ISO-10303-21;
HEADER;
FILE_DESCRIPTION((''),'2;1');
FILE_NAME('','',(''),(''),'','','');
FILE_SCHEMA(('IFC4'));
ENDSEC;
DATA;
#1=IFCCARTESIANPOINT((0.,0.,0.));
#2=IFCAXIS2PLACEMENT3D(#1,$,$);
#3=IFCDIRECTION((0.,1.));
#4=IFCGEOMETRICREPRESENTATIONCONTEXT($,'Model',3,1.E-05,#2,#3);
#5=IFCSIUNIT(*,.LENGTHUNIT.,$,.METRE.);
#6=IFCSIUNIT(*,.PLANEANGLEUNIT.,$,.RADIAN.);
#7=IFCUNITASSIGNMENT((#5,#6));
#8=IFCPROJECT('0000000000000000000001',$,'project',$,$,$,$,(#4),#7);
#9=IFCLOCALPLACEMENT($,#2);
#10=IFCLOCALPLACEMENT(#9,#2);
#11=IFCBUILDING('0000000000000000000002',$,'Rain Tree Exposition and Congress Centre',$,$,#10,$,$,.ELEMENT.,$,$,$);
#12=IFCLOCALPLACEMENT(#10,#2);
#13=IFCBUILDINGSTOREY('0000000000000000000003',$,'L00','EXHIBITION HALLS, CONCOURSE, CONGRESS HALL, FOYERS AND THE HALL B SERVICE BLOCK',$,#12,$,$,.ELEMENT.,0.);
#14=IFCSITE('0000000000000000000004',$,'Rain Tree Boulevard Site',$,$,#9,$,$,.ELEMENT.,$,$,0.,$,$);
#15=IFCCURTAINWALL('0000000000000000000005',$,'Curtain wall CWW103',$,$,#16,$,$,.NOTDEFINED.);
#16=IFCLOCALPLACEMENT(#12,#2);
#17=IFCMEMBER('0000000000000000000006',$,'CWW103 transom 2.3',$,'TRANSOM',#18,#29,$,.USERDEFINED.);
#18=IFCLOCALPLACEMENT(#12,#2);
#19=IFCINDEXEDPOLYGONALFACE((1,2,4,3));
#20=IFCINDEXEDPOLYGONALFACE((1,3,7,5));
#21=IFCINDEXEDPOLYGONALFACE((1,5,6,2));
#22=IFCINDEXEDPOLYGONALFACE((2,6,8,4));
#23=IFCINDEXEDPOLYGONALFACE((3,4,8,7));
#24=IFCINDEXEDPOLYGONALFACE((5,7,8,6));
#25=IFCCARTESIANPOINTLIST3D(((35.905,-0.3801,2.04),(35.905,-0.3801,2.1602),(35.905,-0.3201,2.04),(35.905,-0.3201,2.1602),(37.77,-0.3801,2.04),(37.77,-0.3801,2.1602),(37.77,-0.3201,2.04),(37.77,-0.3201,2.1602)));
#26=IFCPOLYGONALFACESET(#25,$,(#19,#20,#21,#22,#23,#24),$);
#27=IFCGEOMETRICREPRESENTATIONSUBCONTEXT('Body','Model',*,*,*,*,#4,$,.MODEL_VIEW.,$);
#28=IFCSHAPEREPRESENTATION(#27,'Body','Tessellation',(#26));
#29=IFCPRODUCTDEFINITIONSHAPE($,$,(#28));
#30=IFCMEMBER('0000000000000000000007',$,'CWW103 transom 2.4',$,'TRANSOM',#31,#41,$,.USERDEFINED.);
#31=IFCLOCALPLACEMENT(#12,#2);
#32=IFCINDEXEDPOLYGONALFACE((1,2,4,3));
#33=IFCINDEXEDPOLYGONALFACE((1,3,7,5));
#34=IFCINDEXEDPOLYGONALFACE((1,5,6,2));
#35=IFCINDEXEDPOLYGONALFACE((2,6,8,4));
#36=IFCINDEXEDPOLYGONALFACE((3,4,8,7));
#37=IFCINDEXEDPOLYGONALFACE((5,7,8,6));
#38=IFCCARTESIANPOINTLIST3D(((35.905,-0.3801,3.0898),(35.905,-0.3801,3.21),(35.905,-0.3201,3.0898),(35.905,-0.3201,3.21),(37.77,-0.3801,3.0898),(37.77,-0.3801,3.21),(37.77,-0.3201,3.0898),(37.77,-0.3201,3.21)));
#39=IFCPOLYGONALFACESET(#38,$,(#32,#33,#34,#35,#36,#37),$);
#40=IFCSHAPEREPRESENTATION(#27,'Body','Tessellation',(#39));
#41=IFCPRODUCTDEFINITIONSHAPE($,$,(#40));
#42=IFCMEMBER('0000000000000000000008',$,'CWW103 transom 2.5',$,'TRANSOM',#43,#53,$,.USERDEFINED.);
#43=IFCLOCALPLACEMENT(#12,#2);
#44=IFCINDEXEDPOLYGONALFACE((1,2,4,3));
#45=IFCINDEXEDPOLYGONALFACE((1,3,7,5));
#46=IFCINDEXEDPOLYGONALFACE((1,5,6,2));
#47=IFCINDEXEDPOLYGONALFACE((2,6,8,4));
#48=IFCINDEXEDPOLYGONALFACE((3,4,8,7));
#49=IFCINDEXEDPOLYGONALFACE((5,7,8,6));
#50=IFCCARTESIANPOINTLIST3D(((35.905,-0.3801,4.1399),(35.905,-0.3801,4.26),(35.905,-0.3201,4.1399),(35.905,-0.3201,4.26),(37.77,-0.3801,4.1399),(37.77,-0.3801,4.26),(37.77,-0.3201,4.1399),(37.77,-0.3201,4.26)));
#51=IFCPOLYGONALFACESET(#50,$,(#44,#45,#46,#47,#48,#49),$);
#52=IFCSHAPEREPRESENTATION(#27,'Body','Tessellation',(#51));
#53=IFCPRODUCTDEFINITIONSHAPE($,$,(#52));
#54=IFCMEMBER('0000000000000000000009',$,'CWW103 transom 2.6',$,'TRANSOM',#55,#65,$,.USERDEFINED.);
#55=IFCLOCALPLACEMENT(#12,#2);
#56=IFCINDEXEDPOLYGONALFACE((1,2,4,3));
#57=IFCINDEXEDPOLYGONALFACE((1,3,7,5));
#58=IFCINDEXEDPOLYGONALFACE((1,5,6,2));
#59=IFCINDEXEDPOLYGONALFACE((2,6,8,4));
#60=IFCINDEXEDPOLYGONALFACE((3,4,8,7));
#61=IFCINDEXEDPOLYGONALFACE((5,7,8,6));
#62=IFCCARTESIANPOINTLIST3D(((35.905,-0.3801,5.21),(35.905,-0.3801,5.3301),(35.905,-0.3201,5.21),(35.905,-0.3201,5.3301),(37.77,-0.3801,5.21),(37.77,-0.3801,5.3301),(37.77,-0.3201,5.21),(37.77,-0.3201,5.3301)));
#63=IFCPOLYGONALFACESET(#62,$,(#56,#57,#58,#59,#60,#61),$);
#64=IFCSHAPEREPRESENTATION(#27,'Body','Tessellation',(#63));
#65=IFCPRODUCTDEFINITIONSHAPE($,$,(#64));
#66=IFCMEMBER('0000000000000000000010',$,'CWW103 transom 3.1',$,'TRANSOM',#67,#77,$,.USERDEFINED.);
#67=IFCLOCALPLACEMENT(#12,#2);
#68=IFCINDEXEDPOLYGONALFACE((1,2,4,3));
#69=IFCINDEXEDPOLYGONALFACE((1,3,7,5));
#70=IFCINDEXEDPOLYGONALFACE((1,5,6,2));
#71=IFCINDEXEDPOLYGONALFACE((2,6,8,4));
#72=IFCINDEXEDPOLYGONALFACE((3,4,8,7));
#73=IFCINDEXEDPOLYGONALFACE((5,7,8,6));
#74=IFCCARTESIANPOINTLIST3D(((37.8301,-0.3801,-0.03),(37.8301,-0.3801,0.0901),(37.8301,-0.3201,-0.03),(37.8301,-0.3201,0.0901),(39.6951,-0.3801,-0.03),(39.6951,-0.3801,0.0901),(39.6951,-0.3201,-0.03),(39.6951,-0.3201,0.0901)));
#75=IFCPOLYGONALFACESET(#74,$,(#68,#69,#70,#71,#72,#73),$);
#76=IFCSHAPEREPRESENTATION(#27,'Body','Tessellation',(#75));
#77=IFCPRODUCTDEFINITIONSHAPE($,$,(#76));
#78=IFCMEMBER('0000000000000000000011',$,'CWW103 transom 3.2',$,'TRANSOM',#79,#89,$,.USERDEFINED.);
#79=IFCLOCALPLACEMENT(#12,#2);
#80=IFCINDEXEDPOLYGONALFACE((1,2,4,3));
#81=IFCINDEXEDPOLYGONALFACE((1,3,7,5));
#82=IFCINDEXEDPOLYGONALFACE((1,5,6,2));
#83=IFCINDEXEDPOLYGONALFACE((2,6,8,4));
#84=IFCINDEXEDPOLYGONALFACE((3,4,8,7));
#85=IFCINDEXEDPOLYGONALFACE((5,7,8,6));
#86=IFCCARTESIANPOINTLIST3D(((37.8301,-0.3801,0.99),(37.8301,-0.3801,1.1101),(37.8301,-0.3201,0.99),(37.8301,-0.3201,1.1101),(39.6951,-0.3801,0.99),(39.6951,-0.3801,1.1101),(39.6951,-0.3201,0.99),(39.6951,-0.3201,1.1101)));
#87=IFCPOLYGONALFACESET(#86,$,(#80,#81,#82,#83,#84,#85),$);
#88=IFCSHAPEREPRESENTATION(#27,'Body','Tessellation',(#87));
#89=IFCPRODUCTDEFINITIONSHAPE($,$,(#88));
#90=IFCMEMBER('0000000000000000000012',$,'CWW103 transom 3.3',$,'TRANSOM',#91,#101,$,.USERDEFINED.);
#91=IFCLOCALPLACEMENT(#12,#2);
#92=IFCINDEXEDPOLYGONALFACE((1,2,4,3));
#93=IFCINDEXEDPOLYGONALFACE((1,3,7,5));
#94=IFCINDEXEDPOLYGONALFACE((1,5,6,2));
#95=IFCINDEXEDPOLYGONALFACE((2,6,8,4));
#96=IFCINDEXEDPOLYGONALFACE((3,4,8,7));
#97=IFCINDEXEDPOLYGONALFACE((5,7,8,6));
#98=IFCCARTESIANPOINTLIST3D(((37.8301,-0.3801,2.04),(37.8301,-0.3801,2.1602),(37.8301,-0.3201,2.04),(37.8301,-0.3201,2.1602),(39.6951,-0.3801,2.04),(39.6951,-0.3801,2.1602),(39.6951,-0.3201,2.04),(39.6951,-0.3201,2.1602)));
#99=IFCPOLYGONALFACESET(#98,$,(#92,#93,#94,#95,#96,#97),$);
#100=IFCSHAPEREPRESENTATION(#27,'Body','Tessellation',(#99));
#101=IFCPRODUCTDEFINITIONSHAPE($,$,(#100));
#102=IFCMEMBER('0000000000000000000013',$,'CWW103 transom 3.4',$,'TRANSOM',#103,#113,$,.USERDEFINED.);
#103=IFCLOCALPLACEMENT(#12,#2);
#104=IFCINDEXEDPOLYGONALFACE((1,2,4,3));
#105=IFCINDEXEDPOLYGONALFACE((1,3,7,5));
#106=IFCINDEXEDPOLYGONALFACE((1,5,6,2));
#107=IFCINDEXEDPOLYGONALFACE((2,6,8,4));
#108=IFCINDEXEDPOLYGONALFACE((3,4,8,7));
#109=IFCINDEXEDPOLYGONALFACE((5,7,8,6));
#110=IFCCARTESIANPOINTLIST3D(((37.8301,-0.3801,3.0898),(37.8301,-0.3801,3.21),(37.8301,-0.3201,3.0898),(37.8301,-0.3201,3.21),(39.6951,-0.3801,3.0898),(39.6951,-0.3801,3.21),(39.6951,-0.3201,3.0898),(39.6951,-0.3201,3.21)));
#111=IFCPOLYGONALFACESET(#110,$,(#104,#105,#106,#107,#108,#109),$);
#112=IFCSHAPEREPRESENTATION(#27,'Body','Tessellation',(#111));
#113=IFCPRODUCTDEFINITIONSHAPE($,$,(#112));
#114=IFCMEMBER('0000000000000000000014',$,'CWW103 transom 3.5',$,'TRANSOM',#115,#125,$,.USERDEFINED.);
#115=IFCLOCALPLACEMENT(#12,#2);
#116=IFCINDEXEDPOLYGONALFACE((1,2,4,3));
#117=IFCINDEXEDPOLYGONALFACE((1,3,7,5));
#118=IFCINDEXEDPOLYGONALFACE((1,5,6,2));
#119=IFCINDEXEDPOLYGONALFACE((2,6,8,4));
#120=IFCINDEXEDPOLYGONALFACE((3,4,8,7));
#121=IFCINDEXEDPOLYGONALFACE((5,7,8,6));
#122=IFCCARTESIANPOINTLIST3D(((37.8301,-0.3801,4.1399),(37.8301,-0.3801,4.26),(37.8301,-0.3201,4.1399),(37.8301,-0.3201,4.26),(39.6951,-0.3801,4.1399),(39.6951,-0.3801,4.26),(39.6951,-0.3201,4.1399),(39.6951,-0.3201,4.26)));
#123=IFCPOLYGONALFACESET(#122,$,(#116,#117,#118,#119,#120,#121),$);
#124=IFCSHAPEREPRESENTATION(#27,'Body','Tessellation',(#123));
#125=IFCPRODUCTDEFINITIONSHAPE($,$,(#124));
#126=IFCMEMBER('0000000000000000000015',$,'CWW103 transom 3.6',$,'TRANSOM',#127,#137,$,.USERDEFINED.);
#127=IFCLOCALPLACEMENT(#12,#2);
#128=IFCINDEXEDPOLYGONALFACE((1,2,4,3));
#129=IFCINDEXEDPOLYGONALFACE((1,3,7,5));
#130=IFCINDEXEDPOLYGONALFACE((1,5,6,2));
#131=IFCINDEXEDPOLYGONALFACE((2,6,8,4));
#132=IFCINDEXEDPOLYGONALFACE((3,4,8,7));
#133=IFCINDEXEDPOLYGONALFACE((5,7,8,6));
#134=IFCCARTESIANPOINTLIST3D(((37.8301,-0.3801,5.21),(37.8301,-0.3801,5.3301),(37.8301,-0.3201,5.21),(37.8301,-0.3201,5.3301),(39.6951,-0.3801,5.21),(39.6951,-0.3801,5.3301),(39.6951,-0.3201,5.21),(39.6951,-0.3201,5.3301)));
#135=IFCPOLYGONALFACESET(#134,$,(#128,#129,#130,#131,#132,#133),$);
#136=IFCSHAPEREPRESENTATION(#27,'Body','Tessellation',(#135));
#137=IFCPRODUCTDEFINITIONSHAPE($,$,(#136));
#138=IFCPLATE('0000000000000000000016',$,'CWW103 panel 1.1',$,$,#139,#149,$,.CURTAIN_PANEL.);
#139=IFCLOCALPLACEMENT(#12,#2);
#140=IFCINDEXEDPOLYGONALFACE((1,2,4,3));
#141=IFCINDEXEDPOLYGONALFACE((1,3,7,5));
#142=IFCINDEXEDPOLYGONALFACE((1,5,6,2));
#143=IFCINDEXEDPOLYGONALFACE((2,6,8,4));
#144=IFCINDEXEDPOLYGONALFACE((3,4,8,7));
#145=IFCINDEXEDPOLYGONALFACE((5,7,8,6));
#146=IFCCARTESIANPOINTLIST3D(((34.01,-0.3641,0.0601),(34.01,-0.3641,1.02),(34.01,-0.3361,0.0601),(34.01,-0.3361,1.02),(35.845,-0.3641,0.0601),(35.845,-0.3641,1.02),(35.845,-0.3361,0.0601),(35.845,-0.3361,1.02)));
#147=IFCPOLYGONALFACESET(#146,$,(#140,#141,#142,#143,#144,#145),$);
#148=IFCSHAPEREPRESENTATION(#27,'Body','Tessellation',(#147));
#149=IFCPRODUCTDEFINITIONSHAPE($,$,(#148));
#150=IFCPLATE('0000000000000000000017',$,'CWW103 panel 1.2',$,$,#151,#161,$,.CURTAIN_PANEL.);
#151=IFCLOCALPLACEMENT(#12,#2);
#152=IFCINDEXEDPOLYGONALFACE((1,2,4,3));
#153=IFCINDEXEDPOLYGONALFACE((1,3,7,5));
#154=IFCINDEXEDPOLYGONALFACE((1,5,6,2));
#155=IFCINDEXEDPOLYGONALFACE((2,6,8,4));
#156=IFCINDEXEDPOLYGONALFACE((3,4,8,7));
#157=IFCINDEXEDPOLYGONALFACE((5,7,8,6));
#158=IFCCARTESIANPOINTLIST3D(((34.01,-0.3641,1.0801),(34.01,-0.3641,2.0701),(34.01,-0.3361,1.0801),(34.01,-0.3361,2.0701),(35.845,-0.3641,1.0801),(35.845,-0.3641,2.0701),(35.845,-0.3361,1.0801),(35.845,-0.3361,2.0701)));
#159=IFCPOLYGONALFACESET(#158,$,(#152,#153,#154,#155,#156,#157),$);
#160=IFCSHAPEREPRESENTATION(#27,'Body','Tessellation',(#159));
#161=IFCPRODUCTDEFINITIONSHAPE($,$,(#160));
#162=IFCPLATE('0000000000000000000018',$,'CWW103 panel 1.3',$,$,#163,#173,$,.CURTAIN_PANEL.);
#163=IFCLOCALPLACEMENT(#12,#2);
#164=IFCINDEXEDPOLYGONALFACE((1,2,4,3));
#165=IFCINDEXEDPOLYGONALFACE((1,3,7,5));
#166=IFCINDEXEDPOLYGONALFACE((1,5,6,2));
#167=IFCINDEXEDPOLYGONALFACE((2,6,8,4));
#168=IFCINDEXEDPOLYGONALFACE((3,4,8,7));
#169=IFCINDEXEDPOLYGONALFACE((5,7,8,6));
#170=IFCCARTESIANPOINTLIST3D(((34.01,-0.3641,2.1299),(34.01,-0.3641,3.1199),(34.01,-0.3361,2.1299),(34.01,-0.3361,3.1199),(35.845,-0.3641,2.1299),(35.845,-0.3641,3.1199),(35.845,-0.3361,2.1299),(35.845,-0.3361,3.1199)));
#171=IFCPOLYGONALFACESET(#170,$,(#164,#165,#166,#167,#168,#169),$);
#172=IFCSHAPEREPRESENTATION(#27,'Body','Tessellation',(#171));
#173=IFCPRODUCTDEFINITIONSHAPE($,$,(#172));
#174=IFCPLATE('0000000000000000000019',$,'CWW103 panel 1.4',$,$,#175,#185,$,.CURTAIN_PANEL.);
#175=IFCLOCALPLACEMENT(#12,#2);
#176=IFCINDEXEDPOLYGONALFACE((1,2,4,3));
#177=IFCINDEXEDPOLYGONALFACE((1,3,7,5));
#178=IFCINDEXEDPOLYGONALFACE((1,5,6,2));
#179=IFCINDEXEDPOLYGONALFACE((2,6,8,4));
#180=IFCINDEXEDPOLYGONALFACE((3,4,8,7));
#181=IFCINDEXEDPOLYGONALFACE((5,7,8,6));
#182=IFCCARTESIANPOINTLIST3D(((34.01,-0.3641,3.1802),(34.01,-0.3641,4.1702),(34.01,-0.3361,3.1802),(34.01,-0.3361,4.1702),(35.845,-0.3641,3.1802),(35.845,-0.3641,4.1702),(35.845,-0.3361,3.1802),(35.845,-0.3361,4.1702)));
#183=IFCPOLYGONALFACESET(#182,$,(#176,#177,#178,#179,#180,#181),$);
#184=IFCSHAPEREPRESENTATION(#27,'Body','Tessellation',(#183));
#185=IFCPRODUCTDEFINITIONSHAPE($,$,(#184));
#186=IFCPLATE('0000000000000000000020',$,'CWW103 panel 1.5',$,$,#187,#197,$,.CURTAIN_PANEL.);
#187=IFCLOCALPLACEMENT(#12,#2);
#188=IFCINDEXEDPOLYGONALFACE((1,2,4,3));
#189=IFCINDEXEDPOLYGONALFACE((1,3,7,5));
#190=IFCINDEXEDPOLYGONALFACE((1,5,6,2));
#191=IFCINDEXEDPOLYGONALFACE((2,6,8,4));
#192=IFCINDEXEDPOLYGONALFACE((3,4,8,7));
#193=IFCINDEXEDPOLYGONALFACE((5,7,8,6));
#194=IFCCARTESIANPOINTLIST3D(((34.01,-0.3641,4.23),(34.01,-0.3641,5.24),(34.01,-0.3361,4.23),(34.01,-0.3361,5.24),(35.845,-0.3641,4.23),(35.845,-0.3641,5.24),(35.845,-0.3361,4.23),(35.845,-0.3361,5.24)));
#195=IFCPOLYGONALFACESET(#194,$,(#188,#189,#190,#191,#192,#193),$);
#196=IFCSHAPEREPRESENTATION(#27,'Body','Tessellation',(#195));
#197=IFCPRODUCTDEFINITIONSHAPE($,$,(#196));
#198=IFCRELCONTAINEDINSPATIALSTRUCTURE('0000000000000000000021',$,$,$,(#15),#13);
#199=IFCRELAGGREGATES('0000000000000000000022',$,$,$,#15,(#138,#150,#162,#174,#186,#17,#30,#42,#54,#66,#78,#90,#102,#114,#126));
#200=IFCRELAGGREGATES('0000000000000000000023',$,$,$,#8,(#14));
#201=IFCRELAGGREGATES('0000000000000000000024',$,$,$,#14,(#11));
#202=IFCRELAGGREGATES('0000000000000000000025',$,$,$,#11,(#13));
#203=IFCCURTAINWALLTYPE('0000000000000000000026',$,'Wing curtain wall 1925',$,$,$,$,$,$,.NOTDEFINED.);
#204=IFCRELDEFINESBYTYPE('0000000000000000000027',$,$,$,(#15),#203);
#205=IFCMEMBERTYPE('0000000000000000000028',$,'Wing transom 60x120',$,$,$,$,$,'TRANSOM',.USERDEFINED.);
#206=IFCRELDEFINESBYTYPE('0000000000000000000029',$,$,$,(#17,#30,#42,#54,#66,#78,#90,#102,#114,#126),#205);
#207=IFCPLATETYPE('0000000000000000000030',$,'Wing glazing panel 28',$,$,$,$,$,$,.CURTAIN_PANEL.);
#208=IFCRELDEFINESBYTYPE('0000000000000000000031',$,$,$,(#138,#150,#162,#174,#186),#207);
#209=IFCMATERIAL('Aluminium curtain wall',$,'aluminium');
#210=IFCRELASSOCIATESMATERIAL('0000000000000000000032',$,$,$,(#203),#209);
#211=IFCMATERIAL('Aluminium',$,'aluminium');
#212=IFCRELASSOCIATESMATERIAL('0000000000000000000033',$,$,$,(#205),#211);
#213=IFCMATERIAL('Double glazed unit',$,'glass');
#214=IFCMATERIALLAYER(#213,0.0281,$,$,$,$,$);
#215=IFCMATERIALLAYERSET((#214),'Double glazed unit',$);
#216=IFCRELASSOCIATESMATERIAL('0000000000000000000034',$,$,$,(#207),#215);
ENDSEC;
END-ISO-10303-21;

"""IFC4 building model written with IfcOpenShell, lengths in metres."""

from ifc_helpers import new_model, si_unit, direction, frame, origin, origin_2d, place, context, subcontext, project, spatial, rectangle, extrude, material, layer, layer_set, material_profile, profile_set, type_object, element, aggregate, save


model = new_model("IFC4")

# Units and contexts
model_context = context("Model", 3, precision=1e-05, world=origin(), true_north=direction((0.0, 1.0)))
body_context = subcontext(model_context, "Body", "Model", "MODEL_VIEW")
ifc_project = project(units=[si_unit("LENGTHUNIT", "METRE"), si_unit("PLANEANGLEUNIT", "RADIAN")], contexts=[model_context])

# Site, building, storey
site_placement = place(None, origin())
site = spatial("IfcSite", under=ifc_project, at=site_placement, Name="Rain Tree Boulevard Site", CompositionType="ELEMENT", RefElevation=0.0)
building_placement = place(site_placement, origin())
building = spatial("IfcBuilding", under=site, at=building_placement, Name="Rain Tree Exposition and Congress Centre", CompositionType="ELEMENT")
storey_placement = place(building_placement, origin())
storey = spatial("IfcBuildingStorey", under=building, at=storey_placement, Name="L00", Description="EXHIBITION HALLS, CONCOURSE, CONGRESS HALL, FOYERS AND THE HALL B SERVICE BLOCK", CompositionType="ELEMENT", Elevation=0.0)

# Curtain wall, members, plates
ifc_material_1 = material(Name="Aluminium curtain wall", Category="aluminium")
curtain_wall_type = type_object("IfcCurtainWallType", Name="Wing curtain wall 1925", PredefinedType="NOTDEFINED", material=ifc_material_1)
curtain_wall_placement = place(storey_placement, origin())
curtain_wall = element("IfcCurtainWall", 1, at=curtain_wall_placement, inside=storey, type_object=curtain_wall_type, Name="Curtain wall CWW103", PredefinedType="NOTDEFINED")
ifc_material_2 = material(Name="Aluminium", Category="aluminium")
ifc_material_profile_1 = material_profile(ifc_material_2, rectangle(XDim=0.0601, YDim=0.1201, at=origin_2d()), Name="Aluminium 60x120")
ifc_profile_set_1 = profile_set([ifc_material_profile_1], Name="Aluminium")
member_type_1 = type_object("IfcMemberType", Name="Wing transom 60x120", ElementType="TRANSOM", PredefinedType="USERDEFINED", material=ifc_profile_set_1)
member_1_placement = place(storey_placement, frame((35.905, -0.3501, 2.1001), z_axis=(1.0, 0.0, 0.0), x_axis=(0.0, 1.0, 0.0)))
member_1 = element("IfcMember", 2, at=member_1_placement, type_object=member_type_1, Name="CWW103 transom 2.3", ObjectType="TRANSOM", PredefinedType="USERDEFINED", context=body_context, shape_type="SweptSolid", body=[
    extrude(rectangle(XDim=0.0601, YDim=0.1201, at=origin_2d()), origin(), (0.0, 0.0, 1.0), 1.865),
])
member_2_placement = place(storey_placement, frame((35.905, -0.3501, 3.1499), z_axis=(1.0, 0.0, 0.0), x_axis=(0.0, 1.0, 0.0)))
member_2 = element("IfcMember", 3, at=member_2_placement, type_object=member_type_1, Name="CWW103 transom 2.4", ObjectType="TRANSOM", PredefinedType="USERDEFINED", context=body_context, shape_type="SweptSolid", body=[
    extrude(rectangle(XDim=0.0601, YDim=0.1201, at=origin_2d()), origin(), (0.0, 0.0, 1.0), 1.865),
])
member_3_placement = place(storey_placement, frame((35.905, -0.3501, 4.2), z_axis=(1.0, 0.0, 0.0), x_axis=(0.0, 1.0, 0.0)))
member_3 = element("IfcMember", 4, at=member_3_placement, type_object=member_type_1, Name="CWW103 transom 2.5", ObjectType="TRANSOM", PredefinedType="USERDEFINED", context=body_context, shape_type="SweptSolid", body=[
    extrude(rectangle(XDim=0.0601, YDim=0.1201, at=origin_2d()), origin(), (0.0, 0.0, 1.0), 1.865),
])
member_4_placement = place(storey_placement, frame((35.905, -0.3501, 5.27), z_axis=(1.0, 0.0, 0.0), x_axis=(0.0, 1.0, 0.0)))
member_4 = element("IfcMember", 5, at=member_4_placement, type_object=member_type_1, Name="CWW103 transom 2.6", ObjectType="TRANSOM", PredefinedType="USERDEFINED", context=body_context, shape_type="SweptSolid", body=[
    extrude(rectangle(XDim=0.0601, YDim=0.1201, at=origin_2d()), origin(), (0.0, 0.0, 1.0), 1.865),
])
member_5_placement = place(storey_placement, frame((37.8301, -0.3501, 0.03), z_axis=(1.0, 0.0, 0.0), x_axis=(0.0, 1.0, 0.0)))
member_5 = element("IfcMember", 6, at=member_5_placement, type_object=member_type_1, Name="CWW103 transom 3.1", ObjectType="TRANSOM", PredefinedType="USERDEFINED", context=body_context, shape_type="SweptSolid", body=[
    extrude(rectangle(XDim=0.0601, YDim=0.1201, at=origin_2d()), origin(), (0.0, 0.0, 1.0), 1.865),
])
member_6_placement = place(storey_placement, frame((37.8301, -0.3501, 1.05), z_axis=(1.0, 0.0, 0.0), x_axis=(0.0, 1.0, 0.0)))
member_6 = element("IfcMember", 7, at=member_6_placement, type_object=member_type_1, Name="CWW103 transom 3.2", ObjectType="TRANSOM", PredefinedType="USERDEFINED", context=body_context, shape_type="SweptSolid", body=[
    extrude(rectangle(XDim=0.0601, YDim=0.1201, at=origin_2d()), origin(), (0.0, 0.0, 1.0), 1.865),
])
member_7_placement = place(storey_placement, frame((37.8301, -0.3501, 2.1001), z_axis=(1.0, 0.0, 0.0), x_axis=(0.0, 1.0, 0.0)))
member_7 = element("IfcMember", 8, at=member_7_placement, type_object=member_type_1, Name="CWW103 transom 3.3", ObjectType="TRANSOM", PredefinedType="USERDEFINED", context=body_context, shape_type="SweptSolid", body=[
    extrude(rectangle(XDim=0.0601, YDim=0.1201, at=origin_2d()), origin(), (0.0, 0.0, 1.0), 1.865),
])
member_8_placement = place(storey_placement, frame((37.8301, -0.3501, 3.1499), z_axis=(1.0, 0.0, 0.0), x_axis=(0.0, 1.0, 0.0)))
member_8 = element("IfcMember", 9, at=member_8_placement, type_object=member_type_1, Name="CWW103 transom 3.4", ObjectType="TRANSOM", PredefinedType="USERDEFINED", context=body_context, shape_type="SweptSolid", body=[
    extrude(rectangle(XDim=0.0601, YDim=0.1201, at=origin_2d()), origin(), (0.0, 0.0, 1.0), 1.865),
])
member_9_placement = place(storey_placement, frame((37.8301, -0.3501, 4.2), z_axis=(1.0, 0.0, 0.0), x_axis=(0.0, 1.0, 0.0)))
member_9 = element("IfcMember", 10, at=member_9_placement, type_object=member_type_1, Name="CWW103 transom 3.5", ObjectType="TRANSOM", PredefinedType="USERDEFINED", context=body_context, shape_type="SweptSolid", body=[
    extrude(rectangle(XDim=0.0601, YDim=0.1201, at=origin_2d()), origin(), (0.0, 0.0, 1.0), 1.865),
])
member_10_placement = place(storey_placement, frame((37.8301, -0.3501, 5.27), z_axis=(1.0, 0.0, 0.0), x_axis=(0.0, 1.0, 0.0)))
member_10 = element("IfcMember", 11, at=member_10_placement, type_object=member_type_1, Name="CWW103 transom 3.6", ObjectType="TRANSOM", PredefinedType="USERDEFINED", context=body_context, shape_type="SweptSolid", body=[
    extrude(rectangle(XDim=0.0601, YDim=0.1201, at=origin_2d()), origin(), (0.0, 0.0, 1.0), 1.865),
])
ifc_material_3 = material(Name="Double glazed unit", Category="glass")
ifc_layer_1 = layer(ifc_material_3, 0.0281)
ifc_layer_set_1 = layer_set([ifc_layer_1], Name="Double glazed unit")
plate_type = type_object("IfcPlateType", Name="Wing glazing panel 28", PredefinedType="CURTAIN_PANEL", material=ifc_layer_set_1)
plate_1_placement = place(storey_placement, frame((34.9275, -0.3501, 0.0601), z_axis=(0.0, 0.0, 1.0), x_axis=(1.0, 0.0, 0.0)))
plate_1 = element("IfcPlate", 12, at=plate_1_placement, type_object=plate_type, Name="CWW103 panel 1.1", PredefinedType="CURTAIN_PANEL", context=body_context, shape_type="SweptSolid", body=[
    extrude(rectangle(XDim=1.835, YDim=0.0281, at=origin_2d()), origin(), (0.0, 0.0, 1.0), 0.96),
])
plate_2_placement = place(storey_placement, frame((34.9275, -0.3501, 1.0801), z_axis=(0.0, 0.0, 1.0), x_axis=(1.0, 0.0, 0.0)))
plate_2 = element("IfcPlate", 13, at=plate_2_placement, type_object=plate_type, Name="CWW103 panel 1.2", PredefinedType="CURTAIN_PANEL", context=body_context, shape_type="SweptSolid", body=[
    extrude(rectangle(XDim=1.835, YDim=0.0281, at=origin_2d()), origin(), (0.0, 0.0, 1.0), 0.99),
])
plate_3_placement = place(storey_placement, frame((34.9275, -0.3501, 2.1299), z_axis=(0.0, 0.0, 1.0), x_axis=(1.0, 0.0, 0.0)))
plate_3 = element("IfcPlate", 14, at=plate_3_placement, type_object=plate_type, Name="CWW103 panel 1.3", PredefinedType="CURTAIN_PANEL", context=body_context, shape_type="SweptSolid", body=[
    extrude(rectangle(XDim=1.835, YDim=0.0281, at=origin_2d()), origin(), (0.0, 0.0, 1.0), 0.99),
])
plate_4_placement = place(storey_placement, frame((34.9275, -0.3501, 3.1802), z_axis=(0.0, 0.0, 1.0), x_axis=(1.0, 0.0, 0.0)))
plate_4 = element("IfcPlate", 15, at=plate_4_placement, type_object=plate_type, Name="CWW103 panel 1.4", PredefinedType="CURTAIN_PANEL", context=body_context, shape_type="SweptSolid", body=[
    extrude(rectangle(XDim=1.835, YDim=0.0281, at=origin_2d()), origin(), (0.0, 0.0, 1.0), 0.99),
])
plate_5_placement = place(storey_placement, frame((34.9275, -0.3501, 4.23), z_axis=(0.0, 0.0, 1.0), x_axis=(1.0, 0.0, 0.0)))
plate_5 = element("IfcPlate", 16, at=plate_5_placement, type_object=plate_type, Name="CWW103 panel 1.5", PredefinedType="CURTAIN_PANEL", context=body_context, shape_type="SweptSolid", body=[
    extrude(rectangle(XDim=1.835, YDim=0.0281, at=origin_2d()), origin(), (0.0, 0.0, 1.0), 1.01),
])
aggregate(curtain_wall, [plate_1, plate_2, plate_3, plate_4, plate_5, member_1, member_2, member_3, member_4, member_5, member_6, member_7, member_8, member_9, member_10])

save(model, "model.ifc")
